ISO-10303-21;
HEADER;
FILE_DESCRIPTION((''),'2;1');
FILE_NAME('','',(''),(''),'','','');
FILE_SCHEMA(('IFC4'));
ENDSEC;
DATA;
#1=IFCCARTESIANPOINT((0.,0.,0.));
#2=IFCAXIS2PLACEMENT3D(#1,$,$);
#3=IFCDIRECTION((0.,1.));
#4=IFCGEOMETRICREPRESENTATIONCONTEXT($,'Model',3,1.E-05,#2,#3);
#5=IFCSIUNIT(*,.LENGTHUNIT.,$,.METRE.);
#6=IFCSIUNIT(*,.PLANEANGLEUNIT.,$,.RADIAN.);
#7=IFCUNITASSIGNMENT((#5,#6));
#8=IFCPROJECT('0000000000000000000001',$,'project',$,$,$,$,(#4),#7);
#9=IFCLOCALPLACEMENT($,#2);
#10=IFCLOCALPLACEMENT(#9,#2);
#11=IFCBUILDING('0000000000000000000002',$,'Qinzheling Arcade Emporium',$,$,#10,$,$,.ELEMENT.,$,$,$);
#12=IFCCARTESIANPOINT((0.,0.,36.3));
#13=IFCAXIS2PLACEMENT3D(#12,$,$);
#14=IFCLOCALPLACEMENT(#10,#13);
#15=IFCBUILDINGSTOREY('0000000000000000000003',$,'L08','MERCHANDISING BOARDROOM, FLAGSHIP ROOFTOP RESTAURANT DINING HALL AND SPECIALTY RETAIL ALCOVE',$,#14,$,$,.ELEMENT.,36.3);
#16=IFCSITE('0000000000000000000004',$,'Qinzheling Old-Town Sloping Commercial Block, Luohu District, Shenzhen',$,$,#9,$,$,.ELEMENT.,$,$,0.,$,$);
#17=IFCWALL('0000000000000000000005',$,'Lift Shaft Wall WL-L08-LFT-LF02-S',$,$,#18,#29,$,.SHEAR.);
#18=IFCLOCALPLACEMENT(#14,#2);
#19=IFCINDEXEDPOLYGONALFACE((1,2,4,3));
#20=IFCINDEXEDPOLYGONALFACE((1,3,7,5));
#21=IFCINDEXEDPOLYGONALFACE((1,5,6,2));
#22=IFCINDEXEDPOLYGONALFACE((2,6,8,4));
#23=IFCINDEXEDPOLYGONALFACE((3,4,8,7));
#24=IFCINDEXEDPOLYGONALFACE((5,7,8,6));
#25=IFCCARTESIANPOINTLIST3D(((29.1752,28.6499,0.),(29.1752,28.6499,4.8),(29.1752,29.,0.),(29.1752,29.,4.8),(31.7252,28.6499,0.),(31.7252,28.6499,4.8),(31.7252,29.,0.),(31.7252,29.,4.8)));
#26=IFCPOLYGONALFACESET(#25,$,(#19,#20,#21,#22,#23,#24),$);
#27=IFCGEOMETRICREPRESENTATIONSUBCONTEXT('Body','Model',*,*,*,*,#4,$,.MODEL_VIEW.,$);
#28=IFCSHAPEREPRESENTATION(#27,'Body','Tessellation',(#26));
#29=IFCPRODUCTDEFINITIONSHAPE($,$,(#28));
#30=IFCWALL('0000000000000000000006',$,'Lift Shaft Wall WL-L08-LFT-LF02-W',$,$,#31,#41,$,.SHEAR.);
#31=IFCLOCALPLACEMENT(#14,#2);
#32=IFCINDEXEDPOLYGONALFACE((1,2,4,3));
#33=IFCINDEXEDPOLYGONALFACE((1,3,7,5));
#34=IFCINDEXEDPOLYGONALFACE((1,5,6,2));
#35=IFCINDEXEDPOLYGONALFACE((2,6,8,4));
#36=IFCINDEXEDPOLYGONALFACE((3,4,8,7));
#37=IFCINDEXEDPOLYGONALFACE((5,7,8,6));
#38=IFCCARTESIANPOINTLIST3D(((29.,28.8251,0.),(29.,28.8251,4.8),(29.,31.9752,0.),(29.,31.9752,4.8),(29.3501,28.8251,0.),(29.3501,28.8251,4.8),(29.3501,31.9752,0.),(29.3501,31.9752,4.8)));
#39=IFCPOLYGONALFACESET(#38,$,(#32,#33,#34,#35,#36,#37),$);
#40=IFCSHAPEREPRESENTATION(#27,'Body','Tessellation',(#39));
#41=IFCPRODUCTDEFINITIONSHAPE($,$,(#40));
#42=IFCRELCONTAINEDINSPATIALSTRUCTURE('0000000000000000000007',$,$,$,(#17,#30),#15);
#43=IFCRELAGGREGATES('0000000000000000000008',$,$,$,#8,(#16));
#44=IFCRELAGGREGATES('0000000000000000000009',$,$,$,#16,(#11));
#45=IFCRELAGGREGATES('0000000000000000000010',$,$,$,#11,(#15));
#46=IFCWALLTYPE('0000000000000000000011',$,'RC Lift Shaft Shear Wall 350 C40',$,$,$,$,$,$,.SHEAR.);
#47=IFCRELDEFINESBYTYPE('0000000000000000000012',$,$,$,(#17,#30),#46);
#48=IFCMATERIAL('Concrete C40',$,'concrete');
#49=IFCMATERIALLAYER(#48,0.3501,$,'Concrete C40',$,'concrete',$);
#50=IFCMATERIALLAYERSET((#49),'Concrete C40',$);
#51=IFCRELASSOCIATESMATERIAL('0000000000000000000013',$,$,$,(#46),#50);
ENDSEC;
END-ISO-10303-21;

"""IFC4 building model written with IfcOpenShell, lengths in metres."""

from ifc_helpers import new_model, si_unit, direction, frame, frame_2d, origin, place, context, subcontext, project, spatial, rectangle, extrude, material, layer, layer_set, type_object, element, save


model = new_model("IFC4")

# Units and contexts
model_context = context("Model", 3, precision=1e-05, world=origin(), true_north=direction((0.0, 1.0)))
body_context = subcontext(model_context, "Body", "Model", "MODEL_VIEW")
ifc_project = project(units=[si_unit("LENGTHUNIT", "METRE"), si_unit("PLANEANGLEUNIT", "RADIAN")], contexts=[model_context])

# Site, building, storey
site_placement = place(None, origin())
site = spatial("IfcSite", under=ifc_project, at=site_placement, Name="Qinzheling Old-Town Sloping Commercial Block, Luohu District, Shenzhen", CompositionType="ELEMENT", RefElevation=0.0)
building_placement = place(site_placement, origin())
building = spatial("IfcBuilding", under=site, at=building_placement, Name="Qinzheling Arcade Emporium", CompositionType="ELEMENT")
storey_placement = place(building_placement, frame((0.0, 0.0, 36.3)))
storey = spatial("IfcBuildingStorey", under=building, at=storey_placement, Name="L08", Description="MERCHANDISING BOARDROOM, FLAGSHIP ROOFTOP RESTAURANT DINING HALL AND SPECIALTY RETAIL ALCOVE", CompositionType="ELEMENT", Elevation=36.3)

# Shared definitions
ifc_material_1 = material(Name="Concrete C40", Category="concrete")

# Walls
ifc_layer_1 = layer(ifc_material_1, 0.3501, Name="Concrete C40", Category="concrete")
ifc_layer_set_1 = layer_set([ifc_layer_1], Name="Concrete C40")
wall_type = type_object("IfcWallType", Name="RC Lift Shaft Shear Wall 350 C40", PredefinedType="SHEAR", material=ifc_layer_set_1)
wall_1_placement = place(storey_placement, frame((31.7251, 28.825, 0.0), z_axis=(0.0, 0.0, 1.0), x_axis=(-1.0, 0.0, 0.0)))
element("IfcWall", 1, at=wall_1_placement, inside=storey, type_object=wall_type, Name="Lift Shaft Wall WL-L08-LFT-LF02-S", PredefinedType="SHEAR", context=body_context, shape_type="SweptSolid", body=[
    extrude(rectangle(XDim=2.55, YDim=0.3501, at=frame_2d((1.2749, 0.0))), origin(), (0.0, 0.0, 1.0), 4.8),
])
wall_2_placement = place(storey_placement, frame((29.175, 28.825, 0.0), z_axis=(0.0, 0.0, 1.0), x_axis=(0.0, 1.0, 0.0)))
element("IfcWall", 2, at=wall_2_placement, inside=storey, type_object=wall_type, Name="Lift Shaft Wall WL-L08-LFT-LF02-W", PredefinedType="SHEAR", context=body_context, shape_type="SweptSolid", body=[
    extrude(rectangle(XDim=3.1501, YDim=0.3501, at=frame_2d((1.5752, 0.0))), origin(), (0.0, 0.0, 1.0), 4.8),
])

save(model, "model.ifc")
